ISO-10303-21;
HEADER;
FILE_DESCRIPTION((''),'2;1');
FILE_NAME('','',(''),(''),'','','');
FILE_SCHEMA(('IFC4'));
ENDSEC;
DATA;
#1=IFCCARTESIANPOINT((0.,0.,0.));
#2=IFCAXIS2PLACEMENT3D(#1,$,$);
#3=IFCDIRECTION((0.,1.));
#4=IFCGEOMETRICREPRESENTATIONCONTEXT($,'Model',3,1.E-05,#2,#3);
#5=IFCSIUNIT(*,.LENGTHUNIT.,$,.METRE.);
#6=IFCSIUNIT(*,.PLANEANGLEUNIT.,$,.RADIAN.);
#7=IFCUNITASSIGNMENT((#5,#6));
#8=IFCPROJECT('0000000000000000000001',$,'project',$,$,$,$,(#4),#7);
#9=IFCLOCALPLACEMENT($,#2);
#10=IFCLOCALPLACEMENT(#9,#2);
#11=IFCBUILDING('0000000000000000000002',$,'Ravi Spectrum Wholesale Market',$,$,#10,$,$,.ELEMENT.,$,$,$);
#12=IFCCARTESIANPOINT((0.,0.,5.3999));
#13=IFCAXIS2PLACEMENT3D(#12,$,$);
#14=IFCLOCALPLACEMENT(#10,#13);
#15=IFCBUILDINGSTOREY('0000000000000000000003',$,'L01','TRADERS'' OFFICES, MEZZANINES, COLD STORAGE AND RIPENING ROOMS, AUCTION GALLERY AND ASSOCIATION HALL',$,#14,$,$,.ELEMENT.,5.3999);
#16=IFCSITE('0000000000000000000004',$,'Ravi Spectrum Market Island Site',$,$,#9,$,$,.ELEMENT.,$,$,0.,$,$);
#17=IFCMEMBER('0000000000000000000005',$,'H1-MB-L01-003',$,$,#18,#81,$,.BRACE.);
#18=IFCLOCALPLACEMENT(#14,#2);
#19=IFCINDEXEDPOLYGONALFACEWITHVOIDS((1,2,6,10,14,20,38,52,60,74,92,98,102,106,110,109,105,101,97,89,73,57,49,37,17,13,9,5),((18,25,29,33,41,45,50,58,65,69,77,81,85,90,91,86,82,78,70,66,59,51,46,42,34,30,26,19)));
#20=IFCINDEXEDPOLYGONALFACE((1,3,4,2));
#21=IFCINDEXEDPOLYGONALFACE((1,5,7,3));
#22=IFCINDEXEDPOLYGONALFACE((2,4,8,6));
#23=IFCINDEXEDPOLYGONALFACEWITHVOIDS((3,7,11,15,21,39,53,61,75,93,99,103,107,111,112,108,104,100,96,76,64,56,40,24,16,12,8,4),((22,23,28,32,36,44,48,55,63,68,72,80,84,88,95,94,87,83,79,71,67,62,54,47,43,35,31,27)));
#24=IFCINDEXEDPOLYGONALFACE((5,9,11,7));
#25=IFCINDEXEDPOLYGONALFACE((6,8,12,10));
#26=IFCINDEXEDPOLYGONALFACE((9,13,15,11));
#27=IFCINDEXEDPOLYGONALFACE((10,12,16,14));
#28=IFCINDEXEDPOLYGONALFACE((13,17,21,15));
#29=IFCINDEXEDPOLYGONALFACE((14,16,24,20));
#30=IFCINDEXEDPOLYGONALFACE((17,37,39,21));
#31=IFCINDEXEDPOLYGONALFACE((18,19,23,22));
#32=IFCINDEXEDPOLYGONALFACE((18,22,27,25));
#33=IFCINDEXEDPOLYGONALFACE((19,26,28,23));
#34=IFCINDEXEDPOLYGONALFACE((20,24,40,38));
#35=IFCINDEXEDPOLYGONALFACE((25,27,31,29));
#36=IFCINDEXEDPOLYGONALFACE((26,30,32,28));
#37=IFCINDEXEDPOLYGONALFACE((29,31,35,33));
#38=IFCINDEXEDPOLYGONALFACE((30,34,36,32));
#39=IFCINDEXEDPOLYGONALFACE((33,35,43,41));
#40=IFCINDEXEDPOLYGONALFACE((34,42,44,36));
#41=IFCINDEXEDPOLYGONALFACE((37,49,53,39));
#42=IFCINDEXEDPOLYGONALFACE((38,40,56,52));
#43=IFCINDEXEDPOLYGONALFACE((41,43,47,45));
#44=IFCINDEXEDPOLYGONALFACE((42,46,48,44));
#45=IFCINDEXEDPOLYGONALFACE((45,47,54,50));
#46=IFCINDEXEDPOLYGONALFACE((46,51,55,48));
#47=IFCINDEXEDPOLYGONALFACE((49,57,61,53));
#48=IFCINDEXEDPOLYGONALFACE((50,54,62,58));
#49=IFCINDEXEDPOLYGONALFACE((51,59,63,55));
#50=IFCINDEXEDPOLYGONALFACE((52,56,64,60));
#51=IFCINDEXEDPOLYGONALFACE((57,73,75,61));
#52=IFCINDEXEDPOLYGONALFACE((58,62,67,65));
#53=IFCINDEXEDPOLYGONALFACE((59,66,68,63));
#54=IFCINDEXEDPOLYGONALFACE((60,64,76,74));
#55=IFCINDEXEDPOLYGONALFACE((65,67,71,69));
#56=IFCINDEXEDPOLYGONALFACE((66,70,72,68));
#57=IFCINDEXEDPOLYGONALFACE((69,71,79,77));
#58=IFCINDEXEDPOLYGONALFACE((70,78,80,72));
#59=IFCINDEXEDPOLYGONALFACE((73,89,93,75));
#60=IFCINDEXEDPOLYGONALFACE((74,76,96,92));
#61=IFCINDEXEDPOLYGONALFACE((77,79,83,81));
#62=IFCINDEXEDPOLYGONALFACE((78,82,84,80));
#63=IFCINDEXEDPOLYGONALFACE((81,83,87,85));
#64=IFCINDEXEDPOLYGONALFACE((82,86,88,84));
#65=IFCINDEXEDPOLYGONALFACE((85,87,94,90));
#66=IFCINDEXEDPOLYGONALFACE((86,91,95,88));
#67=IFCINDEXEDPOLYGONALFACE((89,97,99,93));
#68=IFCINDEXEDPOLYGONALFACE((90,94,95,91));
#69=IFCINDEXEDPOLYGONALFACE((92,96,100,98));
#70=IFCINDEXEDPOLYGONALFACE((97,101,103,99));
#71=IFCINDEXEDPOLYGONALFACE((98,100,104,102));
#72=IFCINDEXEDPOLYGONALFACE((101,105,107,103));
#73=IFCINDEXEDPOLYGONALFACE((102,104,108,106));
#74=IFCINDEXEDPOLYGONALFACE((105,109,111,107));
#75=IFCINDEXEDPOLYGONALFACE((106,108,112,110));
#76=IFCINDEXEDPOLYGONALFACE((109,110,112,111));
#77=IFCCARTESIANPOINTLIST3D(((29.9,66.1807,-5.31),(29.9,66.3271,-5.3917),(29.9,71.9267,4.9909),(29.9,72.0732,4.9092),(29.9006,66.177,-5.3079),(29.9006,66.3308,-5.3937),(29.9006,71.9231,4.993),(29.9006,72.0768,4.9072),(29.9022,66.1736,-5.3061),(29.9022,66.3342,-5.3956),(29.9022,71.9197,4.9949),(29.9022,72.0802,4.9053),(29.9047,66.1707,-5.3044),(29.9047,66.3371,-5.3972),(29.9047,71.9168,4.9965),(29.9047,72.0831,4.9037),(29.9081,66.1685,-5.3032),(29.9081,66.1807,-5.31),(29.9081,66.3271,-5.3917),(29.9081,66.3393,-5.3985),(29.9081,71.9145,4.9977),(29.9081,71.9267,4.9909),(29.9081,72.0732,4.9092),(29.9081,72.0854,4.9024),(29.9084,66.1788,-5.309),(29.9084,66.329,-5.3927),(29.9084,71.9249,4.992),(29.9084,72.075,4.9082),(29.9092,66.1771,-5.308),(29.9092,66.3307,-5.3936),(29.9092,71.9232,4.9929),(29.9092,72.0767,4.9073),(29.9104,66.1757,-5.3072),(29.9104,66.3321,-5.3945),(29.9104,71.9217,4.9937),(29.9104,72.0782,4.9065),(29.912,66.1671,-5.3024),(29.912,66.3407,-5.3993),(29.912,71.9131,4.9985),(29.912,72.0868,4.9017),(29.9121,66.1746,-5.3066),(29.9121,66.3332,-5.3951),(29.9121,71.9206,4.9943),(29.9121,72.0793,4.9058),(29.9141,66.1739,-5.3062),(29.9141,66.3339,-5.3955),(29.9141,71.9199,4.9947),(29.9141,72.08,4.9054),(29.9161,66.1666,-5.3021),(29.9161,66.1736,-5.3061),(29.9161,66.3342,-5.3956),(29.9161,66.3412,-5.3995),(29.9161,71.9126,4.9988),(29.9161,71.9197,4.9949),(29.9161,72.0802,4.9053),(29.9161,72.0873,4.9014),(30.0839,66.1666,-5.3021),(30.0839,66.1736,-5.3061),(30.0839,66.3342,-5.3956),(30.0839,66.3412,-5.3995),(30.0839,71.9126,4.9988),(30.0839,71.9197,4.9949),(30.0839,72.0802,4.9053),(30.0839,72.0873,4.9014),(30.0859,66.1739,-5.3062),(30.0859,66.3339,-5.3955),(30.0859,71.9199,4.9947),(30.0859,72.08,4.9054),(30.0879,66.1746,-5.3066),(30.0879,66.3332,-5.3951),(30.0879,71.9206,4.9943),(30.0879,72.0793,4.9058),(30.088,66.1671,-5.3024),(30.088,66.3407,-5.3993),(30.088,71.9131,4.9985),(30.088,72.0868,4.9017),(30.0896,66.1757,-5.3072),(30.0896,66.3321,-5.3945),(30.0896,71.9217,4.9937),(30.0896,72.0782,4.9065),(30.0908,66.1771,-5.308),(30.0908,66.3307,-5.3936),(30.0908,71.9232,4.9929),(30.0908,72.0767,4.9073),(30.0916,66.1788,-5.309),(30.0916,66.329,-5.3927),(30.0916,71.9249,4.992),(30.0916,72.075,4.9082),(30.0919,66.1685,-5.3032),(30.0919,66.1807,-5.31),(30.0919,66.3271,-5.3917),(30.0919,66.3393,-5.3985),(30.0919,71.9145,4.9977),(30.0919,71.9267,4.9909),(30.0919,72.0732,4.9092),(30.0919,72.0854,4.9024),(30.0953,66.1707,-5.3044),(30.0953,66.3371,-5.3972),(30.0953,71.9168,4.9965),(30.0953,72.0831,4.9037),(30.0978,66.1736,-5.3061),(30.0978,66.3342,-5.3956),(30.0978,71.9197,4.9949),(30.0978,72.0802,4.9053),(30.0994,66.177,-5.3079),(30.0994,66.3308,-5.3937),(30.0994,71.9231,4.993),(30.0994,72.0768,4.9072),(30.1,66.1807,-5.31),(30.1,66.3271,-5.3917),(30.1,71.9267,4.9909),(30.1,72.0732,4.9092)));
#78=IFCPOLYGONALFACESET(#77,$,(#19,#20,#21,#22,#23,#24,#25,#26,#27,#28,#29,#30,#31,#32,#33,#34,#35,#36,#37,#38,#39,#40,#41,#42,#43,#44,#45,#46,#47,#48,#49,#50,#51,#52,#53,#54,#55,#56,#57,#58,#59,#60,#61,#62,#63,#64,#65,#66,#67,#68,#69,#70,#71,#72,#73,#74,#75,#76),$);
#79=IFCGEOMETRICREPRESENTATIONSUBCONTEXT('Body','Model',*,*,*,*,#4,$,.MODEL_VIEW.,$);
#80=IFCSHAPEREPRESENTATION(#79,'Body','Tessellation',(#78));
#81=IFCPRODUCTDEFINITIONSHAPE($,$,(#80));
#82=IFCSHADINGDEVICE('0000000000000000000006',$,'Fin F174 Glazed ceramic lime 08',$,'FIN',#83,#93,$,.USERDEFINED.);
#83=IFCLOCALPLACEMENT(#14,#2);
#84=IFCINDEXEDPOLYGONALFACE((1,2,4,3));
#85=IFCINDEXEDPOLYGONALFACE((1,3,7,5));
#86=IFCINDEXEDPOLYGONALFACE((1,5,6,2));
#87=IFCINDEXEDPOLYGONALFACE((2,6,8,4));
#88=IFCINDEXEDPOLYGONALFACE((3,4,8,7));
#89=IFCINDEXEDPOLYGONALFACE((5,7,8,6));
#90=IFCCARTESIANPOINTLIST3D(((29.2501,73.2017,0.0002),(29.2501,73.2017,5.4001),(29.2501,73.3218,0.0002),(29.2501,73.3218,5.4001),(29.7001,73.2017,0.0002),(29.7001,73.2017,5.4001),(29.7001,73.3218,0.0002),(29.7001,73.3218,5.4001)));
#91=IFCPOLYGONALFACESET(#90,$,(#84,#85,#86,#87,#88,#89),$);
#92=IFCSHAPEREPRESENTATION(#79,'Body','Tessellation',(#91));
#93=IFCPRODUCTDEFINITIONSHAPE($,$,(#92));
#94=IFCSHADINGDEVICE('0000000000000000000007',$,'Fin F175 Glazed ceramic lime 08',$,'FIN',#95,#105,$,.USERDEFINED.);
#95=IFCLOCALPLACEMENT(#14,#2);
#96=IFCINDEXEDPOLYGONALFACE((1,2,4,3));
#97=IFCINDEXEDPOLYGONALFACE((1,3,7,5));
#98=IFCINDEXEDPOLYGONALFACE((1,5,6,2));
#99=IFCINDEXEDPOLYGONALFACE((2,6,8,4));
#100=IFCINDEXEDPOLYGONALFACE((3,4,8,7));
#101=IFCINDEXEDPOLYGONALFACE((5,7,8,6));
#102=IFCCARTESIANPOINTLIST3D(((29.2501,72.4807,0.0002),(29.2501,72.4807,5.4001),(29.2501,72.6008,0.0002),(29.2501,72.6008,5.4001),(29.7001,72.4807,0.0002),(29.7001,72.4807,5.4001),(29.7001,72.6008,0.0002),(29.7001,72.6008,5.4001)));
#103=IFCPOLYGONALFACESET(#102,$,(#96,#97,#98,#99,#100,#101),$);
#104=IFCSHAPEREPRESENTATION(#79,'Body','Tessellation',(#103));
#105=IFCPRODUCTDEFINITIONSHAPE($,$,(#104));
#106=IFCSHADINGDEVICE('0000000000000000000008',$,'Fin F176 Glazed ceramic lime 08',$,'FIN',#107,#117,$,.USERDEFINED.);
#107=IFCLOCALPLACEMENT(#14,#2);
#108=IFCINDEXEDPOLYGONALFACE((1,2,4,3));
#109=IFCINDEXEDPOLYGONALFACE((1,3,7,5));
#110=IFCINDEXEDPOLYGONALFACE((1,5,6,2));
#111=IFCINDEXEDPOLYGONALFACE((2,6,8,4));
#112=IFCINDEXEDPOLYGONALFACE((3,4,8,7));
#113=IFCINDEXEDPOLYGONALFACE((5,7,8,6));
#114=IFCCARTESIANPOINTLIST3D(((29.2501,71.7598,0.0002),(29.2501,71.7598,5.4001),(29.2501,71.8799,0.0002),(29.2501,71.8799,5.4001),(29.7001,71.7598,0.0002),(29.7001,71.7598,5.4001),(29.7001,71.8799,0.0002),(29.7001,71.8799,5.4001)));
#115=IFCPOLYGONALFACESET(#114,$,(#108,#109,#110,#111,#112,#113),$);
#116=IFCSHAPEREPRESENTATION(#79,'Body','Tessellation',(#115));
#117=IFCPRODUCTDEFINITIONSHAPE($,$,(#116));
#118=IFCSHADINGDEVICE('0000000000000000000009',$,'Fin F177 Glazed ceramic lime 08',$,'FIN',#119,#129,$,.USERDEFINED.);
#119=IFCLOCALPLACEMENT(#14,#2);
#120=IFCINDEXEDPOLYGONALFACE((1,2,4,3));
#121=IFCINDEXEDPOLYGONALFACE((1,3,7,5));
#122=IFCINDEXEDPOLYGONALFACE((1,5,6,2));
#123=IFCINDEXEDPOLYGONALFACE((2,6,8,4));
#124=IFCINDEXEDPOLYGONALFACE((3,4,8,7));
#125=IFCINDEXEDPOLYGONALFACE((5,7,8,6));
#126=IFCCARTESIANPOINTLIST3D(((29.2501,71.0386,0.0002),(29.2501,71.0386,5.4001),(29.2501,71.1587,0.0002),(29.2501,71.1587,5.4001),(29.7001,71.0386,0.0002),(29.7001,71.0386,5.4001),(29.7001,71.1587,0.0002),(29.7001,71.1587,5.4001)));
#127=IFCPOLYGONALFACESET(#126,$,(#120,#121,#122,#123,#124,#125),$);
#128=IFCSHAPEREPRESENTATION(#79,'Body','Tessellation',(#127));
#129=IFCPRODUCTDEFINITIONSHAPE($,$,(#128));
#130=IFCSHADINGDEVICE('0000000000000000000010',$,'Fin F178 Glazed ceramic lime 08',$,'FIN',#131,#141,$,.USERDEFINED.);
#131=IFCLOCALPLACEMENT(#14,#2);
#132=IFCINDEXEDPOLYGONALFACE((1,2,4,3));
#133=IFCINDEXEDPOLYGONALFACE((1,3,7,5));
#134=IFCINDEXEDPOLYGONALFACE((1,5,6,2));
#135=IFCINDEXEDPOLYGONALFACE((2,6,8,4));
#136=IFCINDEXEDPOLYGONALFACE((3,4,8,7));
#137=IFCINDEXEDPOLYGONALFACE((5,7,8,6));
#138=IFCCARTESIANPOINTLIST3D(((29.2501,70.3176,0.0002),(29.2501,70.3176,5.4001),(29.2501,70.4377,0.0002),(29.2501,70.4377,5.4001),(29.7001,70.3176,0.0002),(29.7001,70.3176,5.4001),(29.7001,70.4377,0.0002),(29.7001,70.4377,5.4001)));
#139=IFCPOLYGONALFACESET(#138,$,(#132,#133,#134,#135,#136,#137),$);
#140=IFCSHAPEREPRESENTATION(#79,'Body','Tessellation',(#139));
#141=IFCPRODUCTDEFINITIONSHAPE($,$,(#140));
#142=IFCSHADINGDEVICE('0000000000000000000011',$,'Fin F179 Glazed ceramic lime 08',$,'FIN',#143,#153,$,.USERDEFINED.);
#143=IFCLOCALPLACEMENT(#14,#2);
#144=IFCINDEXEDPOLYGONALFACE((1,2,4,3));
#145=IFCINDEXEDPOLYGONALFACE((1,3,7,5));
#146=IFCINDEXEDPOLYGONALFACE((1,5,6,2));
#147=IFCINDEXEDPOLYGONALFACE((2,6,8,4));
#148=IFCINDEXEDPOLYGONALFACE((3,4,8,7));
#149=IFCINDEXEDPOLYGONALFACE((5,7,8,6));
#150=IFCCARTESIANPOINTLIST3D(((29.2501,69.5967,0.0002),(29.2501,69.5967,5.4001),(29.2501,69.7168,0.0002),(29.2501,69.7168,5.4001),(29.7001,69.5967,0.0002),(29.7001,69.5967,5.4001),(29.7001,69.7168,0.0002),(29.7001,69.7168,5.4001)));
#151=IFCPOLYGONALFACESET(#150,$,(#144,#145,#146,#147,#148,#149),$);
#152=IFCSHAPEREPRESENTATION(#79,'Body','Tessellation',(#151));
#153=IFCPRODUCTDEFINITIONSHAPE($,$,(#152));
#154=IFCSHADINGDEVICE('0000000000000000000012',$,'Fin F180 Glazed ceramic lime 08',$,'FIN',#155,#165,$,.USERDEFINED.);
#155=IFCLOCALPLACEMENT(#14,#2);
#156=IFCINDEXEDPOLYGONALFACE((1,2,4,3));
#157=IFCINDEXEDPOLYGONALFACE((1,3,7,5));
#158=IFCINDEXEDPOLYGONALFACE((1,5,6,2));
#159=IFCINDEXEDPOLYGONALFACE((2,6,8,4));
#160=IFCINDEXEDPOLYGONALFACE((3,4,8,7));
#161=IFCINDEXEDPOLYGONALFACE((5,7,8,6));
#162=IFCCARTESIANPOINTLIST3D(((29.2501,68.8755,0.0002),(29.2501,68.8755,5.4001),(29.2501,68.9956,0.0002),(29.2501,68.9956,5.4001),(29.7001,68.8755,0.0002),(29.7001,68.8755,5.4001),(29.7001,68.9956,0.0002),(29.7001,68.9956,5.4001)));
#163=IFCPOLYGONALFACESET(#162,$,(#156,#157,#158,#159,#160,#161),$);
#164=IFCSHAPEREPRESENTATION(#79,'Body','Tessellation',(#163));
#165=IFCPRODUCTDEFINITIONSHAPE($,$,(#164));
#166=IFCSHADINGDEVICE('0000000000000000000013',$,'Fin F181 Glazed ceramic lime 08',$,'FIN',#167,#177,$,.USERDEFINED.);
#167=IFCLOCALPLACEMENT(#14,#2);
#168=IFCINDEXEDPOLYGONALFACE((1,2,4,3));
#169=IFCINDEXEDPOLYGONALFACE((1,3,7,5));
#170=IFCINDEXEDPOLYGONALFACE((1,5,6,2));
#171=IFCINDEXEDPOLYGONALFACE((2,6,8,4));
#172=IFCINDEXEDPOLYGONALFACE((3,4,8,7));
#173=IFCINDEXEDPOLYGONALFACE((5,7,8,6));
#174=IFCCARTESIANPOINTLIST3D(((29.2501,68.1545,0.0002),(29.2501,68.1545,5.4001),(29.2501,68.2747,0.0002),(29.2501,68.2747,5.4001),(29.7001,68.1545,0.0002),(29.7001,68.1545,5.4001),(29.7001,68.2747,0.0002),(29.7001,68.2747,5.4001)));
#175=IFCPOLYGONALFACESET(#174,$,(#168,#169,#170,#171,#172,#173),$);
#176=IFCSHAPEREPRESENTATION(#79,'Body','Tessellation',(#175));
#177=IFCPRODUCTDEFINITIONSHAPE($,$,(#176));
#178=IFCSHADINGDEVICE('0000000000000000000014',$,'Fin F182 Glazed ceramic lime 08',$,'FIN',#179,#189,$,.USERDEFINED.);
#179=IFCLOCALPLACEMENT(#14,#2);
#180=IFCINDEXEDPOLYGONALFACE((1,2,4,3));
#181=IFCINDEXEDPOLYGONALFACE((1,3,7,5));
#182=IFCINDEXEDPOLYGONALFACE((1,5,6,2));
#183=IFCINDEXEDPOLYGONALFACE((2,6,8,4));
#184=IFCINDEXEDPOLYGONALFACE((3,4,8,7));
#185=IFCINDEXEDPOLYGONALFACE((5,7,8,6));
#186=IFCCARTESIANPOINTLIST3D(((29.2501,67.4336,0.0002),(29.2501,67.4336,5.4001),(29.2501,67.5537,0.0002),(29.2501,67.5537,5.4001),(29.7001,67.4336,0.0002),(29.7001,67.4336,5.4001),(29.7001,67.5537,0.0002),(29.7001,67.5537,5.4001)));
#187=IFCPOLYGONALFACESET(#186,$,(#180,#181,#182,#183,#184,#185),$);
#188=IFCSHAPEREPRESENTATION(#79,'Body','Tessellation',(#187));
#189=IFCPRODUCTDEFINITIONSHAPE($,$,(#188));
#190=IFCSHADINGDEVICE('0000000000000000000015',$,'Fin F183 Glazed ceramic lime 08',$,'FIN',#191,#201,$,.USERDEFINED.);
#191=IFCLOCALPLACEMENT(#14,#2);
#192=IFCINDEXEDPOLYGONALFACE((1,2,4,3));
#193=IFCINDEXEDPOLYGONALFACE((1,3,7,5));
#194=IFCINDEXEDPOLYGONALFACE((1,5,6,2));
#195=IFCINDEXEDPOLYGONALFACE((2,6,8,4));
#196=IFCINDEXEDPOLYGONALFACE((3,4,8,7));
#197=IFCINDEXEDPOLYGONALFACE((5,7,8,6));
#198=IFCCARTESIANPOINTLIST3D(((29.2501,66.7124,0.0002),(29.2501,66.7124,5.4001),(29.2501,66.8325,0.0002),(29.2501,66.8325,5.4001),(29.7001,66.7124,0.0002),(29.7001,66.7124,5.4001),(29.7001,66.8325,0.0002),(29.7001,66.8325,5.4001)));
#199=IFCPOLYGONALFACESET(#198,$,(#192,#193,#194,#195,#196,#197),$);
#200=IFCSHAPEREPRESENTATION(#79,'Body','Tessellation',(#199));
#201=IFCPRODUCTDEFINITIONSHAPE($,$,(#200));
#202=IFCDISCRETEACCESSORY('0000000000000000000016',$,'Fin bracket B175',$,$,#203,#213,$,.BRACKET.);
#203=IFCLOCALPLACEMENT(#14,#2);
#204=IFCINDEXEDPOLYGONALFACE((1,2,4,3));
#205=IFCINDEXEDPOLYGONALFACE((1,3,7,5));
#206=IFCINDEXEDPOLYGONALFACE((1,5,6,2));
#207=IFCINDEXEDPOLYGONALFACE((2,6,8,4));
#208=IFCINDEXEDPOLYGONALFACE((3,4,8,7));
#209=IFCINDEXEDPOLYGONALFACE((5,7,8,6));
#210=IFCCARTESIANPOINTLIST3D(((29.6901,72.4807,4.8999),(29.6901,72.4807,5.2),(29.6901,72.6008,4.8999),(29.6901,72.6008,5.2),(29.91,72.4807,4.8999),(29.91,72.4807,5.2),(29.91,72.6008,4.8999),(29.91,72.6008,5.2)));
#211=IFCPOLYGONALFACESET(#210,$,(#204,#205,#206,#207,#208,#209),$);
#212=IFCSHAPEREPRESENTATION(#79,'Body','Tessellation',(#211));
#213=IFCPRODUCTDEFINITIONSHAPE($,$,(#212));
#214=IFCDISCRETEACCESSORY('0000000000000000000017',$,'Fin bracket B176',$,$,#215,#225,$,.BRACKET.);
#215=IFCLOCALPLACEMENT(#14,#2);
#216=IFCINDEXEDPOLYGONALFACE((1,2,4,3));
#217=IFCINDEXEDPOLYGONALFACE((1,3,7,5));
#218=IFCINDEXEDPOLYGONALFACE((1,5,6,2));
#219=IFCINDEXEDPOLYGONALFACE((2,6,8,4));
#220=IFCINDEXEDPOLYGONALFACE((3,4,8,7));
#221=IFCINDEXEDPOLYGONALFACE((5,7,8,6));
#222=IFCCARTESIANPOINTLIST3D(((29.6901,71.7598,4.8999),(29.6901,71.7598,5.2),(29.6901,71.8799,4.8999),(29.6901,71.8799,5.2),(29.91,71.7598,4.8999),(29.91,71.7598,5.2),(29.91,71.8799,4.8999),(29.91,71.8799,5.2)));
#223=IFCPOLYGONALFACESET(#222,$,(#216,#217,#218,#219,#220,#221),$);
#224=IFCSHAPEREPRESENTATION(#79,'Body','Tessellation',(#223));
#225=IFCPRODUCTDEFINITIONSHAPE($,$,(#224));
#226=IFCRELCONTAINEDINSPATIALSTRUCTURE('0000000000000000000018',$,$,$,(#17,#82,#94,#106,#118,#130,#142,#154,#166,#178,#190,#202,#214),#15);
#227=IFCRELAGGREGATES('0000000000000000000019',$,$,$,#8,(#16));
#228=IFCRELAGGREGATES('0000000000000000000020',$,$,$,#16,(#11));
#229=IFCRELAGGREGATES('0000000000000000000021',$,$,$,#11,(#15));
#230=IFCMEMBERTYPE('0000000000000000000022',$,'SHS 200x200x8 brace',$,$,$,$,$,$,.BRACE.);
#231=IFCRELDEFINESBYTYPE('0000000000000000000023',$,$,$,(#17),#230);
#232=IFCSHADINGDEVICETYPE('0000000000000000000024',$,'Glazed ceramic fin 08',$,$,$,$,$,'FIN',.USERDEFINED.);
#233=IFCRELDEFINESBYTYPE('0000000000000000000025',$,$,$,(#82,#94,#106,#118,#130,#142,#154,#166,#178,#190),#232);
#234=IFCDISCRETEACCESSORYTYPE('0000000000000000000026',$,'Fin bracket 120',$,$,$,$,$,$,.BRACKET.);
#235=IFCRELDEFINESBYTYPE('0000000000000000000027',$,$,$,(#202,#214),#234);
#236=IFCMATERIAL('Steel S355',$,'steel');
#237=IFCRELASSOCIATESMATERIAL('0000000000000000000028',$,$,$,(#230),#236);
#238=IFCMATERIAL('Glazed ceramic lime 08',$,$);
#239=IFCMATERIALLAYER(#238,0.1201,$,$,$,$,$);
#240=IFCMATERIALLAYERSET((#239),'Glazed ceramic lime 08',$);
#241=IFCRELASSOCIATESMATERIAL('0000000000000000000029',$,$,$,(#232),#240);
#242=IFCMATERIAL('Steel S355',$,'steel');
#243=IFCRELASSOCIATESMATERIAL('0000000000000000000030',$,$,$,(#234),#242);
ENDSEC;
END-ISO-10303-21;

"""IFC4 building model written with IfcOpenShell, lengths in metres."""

from ifc_helpers import new_model, si_unit, direction, frame, origin, origin_2d, place, context, subcontext, project, spatial, rectangle, hollow_rectangle, extrude, material, layer, layer_set, material_profile, profile_set, type_object, element, save


model = new_model("IFC4")

# Units and contexts
model_context = context("Model", 3, precision=1e-05, world=origin(), true_north=direction((0.0, 1.0)))
body_context = subcontext(model_context, "Body", "Model", "MODEL_VIEW")
ifc_project = project(units=[si_unit("LENGTHUNIT", "METRE"), si_unit("PLANEANGLEUNIT", "RADIAN")], contexts=[model_context])

# Site, building, storey
site_placement = place(None, origin())
site = spatial("IfcSite", under=ifc_project, at=site_placement, Name="Ravi Spectrum Market Island Site", CompositionType="ELEMENT", RefElevation=0.0)
building_placement = place(site_placement, origin())
building = spatial("IfcBuilding", under=site, at=building_placement, Name="Ravi Spectrum Wholesale Market", CompositionType="ELEMENT")
storey_placement = place(building_placement, frame((0.0, 0.0, 5.3999)))
storey = spatial("IfcBuildingStorey", under=building, at=storey_placement, Name="L01", Description="TRADERS' OFFICES, MEZZANINES, COLD STORAGE AND RIPENING ROOMS, AUCTION GALLERY AND ASSOCIATION HALL", CompositionType="ELEMENT", Elevation=5.3999)

# Member
ifc_material_1 = material(Name="Steel S355", Category="steel")
ifc_material_profile_1 = material_profile(ifc_material_1, hollow_rectangle(XDim=0.2, YDim=0.2, WallThickness=0.0081, InnerFilletRadius=0.0081, OuterFilletRadius=0.0161, at=origin_2d()))
ifc_profile_set_1 = profile_set([ifc_material_profile_1], Name="Steel S355")
member_type = type_object("IfcMemberType", Name="SHS 200x200x8 brace", PredefinedType="BRACE", material=ifc_profile_set_1)
member_placement = place(storey_placement, frame((30.0, 66.2539, -5.3508), z_axis=(0.0, 0.487152, 0.873317), x_axis=(-1.0, 0.0, 0.0)))
element("IfcMember", 1, at=member_placement, inside=storey, type_object=member_type, Name="H1-MB-L01-003", PredefinedType="BRACE", context=body_context, shape_type="SweptSolid", body=[
    extrude(hollow_rectangle(XDim=0.2, YDim=0.2, WallThickness=0.0081, InnerFilletRadius=0.0081, OuterFilletRadius=0.0161, at=origin_2d()), origin(), (0.0, 0.0, 1.0), 11.7952),
])

# Shading devices
ifc_material_2 = material(Name="Glazed ceramic lime 08")
ifc_layer = layer(ifc_material_2, 0.1201)
ifc_layer_set = layer_set([ifc_layer], Name="Glazed ceramic lime 08")
shading_device_type = type_object("IfcShadingDeviceType", Name="Glazed ceramic fin 08", ElementType="FIN", PredefinedType="USERDEFINED", material=ifc_layer_set)
for number, where, z_axis, x_axis, name in (
    (2, (29.4751, 73.2617, 0.0002), (0.0, 0.0, 1.0), (0.0, -1.0, 0.0), "Fin F174 Glazed ceramic lime 08"),
    (3, (29.4751, 72.5408, 0.0002), (0.0, 0.0, 1.0), (0.0, -1.0, 0.0), "Fin F175 Glazed ceramic lime 08"),
    (4, (29.4751, 71.8198, 0.0002), (0.0, 0.0, 1.0), (0.0, -1.0, 0.0), "Fin F176 Glazed ceramic lime 08"),
    (5, (29.4751, 71.0986, 0.0002), (0.0, 0.0, 1.0), (0.0, -1.0, 0.0), "Fin F177 Glazed ceramic lime 08"),
    (6, (29.4751, 70.3777, 0.0002), (0.0, 0.0, 1.0), (0.0, -1.0, 0.0), "Fin F178 Glazed ceramic lime 08"),
    (7, (29.4751, 69.6567, 0.0002), (0.0, 0.0, 1.0), (0.0, -1.0, 0.0), "Fin F179 Glazed ceramic lime 08"),
    (8, (29.4751, 68.9355, 0.0002), (0.0, 0.0, 1.0), (0.0, -1.0, 0.0), "Fin F180 Glazed ceramic lime 08"),
    (9, (29.4751, 68.2146, 0.0002), (0.0, 0.0, 1.0), (0.0, -1.0, 0.0), "Fin F181 Glazed ceramic lime 08"),
    (10, (29.4751, 67.4937, 0.0002), (0.0, 0.0, 1.0), (0.0, -1.0, 0.0), "Fin F182 Glazed ceramic lime 08"),
    (11, (29.4751, 66.7725, 0.0002), (0.0, 0.0, 1.0), (0.0, -1.0, 0.0), "Fin F183 Glazed ceramic lime 08"),
):
    element("IfcShadingDevice", number, at=place(storey_placement, frame(where, z_axis=z_axis, x_axis=x_axis)), inside=storey, type_object=shading_device_type, Name=name, ObjectType="FIN", PredefinedType="USERDEFINED", context=body_context, shape_type="SweptSolid", body=[
        extrude(rectangle(XDim=0.1201, YDim=0.45, at=origin_2d()), origin(), (0.0, 0.0, 1.0), 5.3999),
    ])

# Discrete accessories
ifc_material_3 = material(Name="Steel S355", Category="steel")
discrete_accessory_type_1 = type_object("IfcDiscreteAccessoryType", Name="Fin bracket 120", PredefinedType="BRACKET", material=ifc_material_3)
for number, where, z_axis, x_axis, name in (
    (12, (29.8, 72.5408, 4.8999), (0.0, 0.0, 1.0), (0.0, -1.0, 0.0), "Fin bracket B175"),
    (13, (29.8, 71.8198, 4.8999), (0.0, 0.0, 1.0), (0.0, -1.0, 0.0), "Fin bracket B176"),
):
    element("IfcDiscreteAccessory", number, at=place(storey_placement, frame(where, z_axis=z_axis, x_axis=x_axis)), inside=storey, type_object=discrete_accessory_type_1, Name=name, PredefinedType="BRACKET", context=body_context, shape_type="SweptSolid", body=[
        extrude(rectangle(XDim=0.1201, YDim=0.22, at=origin_2d()), origin(), (0.0, 0.0, 1.0), 0.3),
    ])

save(model, "model.ifc")
